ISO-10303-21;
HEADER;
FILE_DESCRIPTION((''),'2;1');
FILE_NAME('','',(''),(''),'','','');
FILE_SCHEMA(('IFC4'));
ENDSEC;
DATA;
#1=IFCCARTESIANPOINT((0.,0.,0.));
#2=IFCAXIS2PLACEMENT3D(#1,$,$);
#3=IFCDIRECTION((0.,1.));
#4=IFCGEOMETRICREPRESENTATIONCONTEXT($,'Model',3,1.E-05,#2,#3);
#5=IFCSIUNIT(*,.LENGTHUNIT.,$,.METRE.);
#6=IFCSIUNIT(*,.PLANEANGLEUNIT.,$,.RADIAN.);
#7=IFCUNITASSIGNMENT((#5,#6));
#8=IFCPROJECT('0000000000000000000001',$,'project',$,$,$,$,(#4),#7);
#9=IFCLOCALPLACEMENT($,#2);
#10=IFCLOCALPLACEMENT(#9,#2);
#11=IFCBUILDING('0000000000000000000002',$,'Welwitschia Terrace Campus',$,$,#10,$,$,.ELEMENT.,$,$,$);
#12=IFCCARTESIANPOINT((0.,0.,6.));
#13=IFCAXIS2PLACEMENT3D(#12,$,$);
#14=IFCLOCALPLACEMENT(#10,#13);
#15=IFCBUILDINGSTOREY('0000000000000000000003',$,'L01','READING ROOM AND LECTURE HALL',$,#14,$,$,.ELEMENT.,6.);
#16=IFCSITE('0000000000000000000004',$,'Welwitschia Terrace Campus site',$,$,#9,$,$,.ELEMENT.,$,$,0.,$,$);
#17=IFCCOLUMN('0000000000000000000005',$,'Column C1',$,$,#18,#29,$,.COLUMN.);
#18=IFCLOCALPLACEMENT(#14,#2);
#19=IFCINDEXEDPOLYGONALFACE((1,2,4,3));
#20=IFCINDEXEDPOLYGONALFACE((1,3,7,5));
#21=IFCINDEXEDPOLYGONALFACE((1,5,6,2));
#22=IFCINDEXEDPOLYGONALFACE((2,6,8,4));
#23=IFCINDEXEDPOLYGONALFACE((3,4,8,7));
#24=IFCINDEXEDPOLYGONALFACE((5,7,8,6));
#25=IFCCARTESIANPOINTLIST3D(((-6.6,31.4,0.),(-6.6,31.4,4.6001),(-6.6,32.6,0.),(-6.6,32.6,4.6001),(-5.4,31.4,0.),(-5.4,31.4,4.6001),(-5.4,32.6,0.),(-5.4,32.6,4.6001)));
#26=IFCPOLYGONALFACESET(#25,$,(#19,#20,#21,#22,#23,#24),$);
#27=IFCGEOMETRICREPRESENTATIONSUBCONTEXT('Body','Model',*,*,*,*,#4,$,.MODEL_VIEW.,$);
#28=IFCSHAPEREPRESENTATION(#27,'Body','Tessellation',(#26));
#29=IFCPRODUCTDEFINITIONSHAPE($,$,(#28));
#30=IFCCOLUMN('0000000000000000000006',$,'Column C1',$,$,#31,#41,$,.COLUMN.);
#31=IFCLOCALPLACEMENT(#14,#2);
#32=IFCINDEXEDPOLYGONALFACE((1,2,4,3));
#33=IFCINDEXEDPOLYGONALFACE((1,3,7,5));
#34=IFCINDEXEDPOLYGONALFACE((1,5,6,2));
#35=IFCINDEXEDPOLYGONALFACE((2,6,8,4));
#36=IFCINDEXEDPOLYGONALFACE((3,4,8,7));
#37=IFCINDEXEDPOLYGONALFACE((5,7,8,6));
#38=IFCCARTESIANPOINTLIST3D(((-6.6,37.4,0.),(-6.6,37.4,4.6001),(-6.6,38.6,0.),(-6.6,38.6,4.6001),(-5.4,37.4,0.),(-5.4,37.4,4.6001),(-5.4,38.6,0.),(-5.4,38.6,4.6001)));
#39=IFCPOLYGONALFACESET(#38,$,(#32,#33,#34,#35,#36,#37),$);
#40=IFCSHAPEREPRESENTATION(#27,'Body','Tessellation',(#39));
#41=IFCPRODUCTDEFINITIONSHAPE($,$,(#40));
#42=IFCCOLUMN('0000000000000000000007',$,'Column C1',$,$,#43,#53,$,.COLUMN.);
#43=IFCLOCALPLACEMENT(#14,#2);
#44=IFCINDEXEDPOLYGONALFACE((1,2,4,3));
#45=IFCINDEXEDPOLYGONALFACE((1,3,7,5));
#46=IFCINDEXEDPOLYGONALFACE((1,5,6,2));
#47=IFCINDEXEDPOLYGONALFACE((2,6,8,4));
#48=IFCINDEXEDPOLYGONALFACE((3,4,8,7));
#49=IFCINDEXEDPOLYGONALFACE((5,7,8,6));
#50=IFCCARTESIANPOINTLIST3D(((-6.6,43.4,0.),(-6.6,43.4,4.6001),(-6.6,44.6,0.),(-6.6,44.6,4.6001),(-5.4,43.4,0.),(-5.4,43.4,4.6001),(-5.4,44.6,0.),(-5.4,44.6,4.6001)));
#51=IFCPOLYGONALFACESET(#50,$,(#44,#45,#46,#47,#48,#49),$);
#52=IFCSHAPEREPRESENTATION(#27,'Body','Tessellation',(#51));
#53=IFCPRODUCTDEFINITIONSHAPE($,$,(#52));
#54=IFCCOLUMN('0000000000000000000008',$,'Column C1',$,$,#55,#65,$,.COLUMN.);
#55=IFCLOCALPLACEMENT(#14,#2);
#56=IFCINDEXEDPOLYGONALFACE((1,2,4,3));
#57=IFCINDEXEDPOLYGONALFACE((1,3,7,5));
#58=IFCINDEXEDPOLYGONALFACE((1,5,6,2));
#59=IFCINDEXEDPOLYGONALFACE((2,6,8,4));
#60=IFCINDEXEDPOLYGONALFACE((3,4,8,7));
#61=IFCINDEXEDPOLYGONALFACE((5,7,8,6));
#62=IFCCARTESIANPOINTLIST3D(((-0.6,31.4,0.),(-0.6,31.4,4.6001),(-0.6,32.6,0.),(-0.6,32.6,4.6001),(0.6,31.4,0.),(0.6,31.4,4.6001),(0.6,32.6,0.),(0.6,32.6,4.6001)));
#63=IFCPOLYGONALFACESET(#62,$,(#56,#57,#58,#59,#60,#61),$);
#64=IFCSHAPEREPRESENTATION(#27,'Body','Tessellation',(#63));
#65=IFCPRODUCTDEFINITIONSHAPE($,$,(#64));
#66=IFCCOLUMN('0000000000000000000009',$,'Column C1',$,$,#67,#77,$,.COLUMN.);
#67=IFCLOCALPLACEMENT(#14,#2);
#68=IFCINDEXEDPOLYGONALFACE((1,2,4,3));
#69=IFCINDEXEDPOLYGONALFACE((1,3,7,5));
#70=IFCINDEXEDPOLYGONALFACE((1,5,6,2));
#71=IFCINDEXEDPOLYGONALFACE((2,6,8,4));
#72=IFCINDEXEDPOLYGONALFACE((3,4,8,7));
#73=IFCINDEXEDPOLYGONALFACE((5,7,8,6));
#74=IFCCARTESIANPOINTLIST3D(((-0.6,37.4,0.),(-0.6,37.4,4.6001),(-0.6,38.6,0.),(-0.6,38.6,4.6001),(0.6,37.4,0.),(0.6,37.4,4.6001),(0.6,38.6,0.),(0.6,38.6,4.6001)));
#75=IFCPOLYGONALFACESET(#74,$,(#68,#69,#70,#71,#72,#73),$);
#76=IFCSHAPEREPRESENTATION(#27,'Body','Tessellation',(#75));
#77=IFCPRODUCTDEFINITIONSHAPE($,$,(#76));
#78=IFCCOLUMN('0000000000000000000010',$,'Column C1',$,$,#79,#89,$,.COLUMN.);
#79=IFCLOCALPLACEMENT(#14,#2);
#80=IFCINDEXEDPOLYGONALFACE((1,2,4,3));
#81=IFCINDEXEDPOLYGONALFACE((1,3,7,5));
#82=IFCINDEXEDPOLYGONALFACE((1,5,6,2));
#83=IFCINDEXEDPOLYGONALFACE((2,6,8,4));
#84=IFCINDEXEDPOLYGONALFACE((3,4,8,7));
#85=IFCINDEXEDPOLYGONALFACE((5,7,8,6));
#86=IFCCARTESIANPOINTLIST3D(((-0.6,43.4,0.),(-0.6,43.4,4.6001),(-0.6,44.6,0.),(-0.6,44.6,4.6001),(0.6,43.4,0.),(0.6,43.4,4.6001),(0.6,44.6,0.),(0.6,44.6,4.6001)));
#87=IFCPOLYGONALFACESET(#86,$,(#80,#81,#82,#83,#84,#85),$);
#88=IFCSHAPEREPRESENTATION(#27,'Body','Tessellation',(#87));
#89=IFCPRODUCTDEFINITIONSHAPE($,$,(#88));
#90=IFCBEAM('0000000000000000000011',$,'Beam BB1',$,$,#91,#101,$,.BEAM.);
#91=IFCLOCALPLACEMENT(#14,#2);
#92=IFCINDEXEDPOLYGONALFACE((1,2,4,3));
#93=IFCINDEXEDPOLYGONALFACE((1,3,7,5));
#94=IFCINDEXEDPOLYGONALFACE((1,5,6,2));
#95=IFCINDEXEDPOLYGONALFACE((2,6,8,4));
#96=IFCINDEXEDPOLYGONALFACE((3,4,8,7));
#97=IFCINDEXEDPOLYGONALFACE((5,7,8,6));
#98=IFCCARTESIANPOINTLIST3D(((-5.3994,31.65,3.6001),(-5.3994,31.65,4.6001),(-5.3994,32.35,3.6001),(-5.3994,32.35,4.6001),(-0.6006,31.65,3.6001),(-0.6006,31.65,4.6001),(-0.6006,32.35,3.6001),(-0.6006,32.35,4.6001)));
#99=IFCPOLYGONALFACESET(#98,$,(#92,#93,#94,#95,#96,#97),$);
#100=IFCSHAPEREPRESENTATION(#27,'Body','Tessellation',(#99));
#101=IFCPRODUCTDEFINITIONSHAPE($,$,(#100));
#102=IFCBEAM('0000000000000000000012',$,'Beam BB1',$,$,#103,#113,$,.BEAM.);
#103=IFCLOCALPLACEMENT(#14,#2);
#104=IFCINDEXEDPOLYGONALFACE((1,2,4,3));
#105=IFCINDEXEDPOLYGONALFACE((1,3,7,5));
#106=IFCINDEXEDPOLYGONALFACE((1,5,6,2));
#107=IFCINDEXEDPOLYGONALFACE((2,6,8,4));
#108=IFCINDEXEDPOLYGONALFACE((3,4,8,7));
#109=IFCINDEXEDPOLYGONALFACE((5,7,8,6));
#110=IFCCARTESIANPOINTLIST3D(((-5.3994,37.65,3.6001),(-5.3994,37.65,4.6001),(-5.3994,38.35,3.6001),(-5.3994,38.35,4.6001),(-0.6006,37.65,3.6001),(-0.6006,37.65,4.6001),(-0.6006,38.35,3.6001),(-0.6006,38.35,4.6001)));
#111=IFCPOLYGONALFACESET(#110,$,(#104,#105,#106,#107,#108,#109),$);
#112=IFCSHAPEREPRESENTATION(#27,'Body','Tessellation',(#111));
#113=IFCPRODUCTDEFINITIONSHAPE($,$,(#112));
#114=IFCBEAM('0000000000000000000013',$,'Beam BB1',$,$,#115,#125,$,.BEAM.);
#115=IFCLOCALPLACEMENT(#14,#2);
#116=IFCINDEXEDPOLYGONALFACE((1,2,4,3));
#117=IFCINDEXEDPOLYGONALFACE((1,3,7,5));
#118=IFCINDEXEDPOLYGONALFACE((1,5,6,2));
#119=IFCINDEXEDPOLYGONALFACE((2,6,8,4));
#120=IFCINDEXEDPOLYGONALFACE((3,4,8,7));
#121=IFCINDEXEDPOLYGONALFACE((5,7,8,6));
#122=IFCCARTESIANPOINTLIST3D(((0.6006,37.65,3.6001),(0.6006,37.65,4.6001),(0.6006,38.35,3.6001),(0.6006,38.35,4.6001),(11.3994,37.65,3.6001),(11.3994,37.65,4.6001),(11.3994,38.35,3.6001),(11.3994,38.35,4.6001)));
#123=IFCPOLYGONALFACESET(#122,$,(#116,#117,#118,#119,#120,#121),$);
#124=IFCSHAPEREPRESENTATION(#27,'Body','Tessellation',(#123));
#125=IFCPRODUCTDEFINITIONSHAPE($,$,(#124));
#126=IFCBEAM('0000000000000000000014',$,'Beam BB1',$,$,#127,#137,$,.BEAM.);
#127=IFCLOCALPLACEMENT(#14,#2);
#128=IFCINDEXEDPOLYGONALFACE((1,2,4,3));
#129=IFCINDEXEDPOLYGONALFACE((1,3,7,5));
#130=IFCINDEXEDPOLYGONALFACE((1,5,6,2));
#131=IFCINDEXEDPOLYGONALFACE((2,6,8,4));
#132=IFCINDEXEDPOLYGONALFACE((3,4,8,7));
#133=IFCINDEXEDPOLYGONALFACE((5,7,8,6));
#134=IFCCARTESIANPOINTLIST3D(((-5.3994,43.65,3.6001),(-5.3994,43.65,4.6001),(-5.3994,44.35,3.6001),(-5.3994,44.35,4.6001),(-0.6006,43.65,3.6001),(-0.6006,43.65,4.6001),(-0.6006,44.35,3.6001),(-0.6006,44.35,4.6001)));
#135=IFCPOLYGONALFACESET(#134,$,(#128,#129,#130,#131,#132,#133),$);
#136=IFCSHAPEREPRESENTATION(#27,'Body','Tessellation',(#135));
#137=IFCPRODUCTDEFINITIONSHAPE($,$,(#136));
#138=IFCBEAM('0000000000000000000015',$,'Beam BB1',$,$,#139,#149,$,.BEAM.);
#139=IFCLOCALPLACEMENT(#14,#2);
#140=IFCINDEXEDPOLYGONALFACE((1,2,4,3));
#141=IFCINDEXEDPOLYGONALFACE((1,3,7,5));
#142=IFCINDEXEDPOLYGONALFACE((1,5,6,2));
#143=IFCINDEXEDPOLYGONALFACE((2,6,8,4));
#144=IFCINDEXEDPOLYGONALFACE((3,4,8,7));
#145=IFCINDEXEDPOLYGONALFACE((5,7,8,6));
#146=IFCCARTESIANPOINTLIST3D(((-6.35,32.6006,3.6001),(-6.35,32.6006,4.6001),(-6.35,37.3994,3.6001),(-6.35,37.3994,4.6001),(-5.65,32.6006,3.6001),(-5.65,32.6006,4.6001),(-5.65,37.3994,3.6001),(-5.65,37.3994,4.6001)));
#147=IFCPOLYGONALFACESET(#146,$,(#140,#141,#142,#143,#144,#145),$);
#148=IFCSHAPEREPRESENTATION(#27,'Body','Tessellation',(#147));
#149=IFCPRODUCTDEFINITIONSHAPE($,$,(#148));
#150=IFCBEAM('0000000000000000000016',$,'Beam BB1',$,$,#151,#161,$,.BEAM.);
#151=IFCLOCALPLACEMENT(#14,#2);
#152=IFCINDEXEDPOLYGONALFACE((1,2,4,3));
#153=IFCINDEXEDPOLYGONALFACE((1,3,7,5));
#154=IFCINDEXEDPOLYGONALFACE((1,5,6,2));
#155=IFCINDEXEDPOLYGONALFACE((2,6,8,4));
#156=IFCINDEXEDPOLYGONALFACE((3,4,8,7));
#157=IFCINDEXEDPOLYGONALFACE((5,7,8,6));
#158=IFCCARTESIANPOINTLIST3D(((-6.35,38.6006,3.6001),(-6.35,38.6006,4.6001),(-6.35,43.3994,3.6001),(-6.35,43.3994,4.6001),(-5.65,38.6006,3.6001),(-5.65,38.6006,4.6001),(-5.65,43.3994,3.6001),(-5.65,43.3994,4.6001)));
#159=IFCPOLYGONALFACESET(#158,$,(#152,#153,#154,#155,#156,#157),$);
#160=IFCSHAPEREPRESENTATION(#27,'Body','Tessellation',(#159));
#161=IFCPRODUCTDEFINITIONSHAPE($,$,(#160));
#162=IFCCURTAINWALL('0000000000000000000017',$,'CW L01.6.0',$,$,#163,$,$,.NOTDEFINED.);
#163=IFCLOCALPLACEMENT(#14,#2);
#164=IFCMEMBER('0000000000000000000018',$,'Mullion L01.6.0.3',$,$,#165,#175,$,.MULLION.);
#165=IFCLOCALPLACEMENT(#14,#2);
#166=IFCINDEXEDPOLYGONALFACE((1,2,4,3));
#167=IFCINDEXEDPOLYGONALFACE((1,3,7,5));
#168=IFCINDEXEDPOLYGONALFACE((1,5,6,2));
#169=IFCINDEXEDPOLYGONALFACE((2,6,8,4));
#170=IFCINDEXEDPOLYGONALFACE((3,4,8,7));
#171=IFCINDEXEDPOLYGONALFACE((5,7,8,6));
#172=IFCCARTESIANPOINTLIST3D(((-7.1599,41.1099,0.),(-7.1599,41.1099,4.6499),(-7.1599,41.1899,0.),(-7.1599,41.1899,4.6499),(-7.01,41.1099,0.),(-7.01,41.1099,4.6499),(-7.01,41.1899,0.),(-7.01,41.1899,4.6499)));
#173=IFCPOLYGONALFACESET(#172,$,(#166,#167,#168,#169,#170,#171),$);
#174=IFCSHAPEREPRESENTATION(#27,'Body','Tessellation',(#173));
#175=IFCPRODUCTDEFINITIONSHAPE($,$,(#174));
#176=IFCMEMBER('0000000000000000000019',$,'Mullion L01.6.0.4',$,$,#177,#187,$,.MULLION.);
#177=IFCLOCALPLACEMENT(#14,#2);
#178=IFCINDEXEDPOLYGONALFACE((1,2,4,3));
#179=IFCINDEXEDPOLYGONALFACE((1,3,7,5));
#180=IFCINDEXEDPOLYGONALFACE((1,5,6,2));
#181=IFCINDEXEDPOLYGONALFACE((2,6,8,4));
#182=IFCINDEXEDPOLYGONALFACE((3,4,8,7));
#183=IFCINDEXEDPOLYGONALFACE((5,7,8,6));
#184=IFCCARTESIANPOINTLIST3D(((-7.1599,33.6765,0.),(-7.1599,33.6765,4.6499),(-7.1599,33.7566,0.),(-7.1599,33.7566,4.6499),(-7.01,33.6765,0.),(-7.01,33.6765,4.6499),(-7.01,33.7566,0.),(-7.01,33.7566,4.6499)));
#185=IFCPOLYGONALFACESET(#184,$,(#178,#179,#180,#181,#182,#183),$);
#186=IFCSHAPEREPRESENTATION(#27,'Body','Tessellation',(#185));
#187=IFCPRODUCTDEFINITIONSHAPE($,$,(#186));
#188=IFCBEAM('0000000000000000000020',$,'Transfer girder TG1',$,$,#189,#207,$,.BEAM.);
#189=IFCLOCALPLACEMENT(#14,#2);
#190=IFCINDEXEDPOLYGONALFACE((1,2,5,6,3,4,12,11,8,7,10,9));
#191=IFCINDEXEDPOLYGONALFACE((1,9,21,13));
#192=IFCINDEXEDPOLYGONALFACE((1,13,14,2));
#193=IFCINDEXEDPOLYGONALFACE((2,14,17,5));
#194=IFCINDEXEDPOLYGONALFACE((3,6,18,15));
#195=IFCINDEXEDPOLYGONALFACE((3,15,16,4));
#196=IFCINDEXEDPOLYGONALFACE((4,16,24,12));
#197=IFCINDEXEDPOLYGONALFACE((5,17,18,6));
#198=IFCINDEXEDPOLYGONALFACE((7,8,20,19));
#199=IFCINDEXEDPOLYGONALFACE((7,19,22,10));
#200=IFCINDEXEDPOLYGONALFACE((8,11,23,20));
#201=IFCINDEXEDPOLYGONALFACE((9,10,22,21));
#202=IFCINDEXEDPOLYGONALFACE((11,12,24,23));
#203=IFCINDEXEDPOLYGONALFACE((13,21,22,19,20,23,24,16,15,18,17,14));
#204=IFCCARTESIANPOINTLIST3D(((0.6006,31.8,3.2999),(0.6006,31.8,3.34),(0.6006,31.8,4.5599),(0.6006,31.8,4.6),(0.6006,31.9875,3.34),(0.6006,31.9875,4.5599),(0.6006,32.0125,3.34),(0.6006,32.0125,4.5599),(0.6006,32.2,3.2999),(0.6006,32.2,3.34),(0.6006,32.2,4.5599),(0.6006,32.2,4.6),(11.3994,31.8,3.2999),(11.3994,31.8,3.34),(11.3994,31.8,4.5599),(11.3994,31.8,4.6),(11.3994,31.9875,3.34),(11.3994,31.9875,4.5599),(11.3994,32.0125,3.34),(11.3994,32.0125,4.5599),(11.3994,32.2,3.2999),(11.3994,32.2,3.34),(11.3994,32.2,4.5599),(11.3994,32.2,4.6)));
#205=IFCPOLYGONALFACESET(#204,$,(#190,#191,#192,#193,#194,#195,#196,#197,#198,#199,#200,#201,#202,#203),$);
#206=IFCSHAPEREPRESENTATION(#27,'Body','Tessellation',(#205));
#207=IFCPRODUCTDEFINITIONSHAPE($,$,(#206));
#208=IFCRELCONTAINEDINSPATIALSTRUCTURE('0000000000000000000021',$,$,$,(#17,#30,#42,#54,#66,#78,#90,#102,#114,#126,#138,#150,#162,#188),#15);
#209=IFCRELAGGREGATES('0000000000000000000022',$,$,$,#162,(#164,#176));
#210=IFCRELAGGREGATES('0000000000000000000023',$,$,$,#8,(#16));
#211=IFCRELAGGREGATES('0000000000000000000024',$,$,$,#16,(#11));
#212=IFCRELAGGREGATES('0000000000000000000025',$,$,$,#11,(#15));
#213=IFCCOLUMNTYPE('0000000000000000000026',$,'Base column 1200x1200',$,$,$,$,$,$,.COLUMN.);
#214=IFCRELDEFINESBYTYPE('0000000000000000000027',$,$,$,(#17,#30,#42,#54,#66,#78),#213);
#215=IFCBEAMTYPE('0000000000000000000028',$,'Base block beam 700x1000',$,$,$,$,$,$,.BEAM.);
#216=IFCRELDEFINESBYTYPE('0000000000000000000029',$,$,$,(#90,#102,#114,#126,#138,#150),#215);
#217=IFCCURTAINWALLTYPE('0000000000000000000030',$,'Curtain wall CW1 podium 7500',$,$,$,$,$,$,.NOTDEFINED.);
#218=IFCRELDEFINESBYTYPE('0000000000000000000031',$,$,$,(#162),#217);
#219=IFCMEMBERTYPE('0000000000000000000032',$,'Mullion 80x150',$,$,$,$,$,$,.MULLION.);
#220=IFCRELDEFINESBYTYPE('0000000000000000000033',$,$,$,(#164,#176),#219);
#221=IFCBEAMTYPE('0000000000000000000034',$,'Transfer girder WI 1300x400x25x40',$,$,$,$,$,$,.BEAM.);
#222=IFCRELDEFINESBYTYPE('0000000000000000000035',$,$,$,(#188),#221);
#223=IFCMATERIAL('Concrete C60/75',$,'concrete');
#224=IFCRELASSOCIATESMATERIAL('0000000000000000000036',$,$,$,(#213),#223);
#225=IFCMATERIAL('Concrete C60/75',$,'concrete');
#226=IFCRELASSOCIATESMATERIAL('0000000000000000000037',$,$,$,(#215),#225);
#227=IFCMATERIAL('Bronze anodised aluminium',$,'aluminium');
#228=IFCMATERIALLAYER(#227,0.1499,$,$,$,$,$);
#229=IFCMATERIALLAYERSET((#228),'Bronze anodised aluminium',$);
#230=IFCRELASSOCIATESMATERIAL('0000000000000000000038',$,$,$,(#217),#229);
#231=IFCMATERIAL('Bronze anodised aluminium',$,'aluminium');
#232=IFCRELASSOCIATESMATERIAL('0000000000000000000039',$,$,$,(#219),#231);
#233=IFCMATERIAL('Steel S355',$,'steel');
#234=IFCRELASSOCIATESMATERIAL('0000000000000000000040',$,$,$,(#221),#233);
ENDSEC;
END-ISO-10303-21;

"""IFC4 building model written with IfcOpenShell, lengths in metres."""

from ifc_helpers import new_model, si_unit, direction, frame, origin, origin_2d, place, context, subcontext, project, spatial, rectangle, i_section, extrude, material, layer, layer_set, material_profile, profile_set, type_object, element, aggregate, save


model = new_model("IFC4")

# Units and contexts
model_context = context("Model", 3, precision=1e-05, world=origin(), true_north=direction((0.0, 1.0)))
body_context = subcontext(model_context, "Body", "Model", "MODEL_VIEW")
ifc_project = project(units=[si_unit("LENGTHUNIT", "METRE"), si_unit("PLANEANGLEUNIT", "RADIAN")], contexts=[model_context])

# Site, building, storey
site_placement = place(None, origin())
site = spatial("IfcSite", under=ifc_project, at=site_placement, Name="Welwitschia Terrace Campus site", CompositionType="ELEMENT", RefElevation=0.0)
building_placement = place(site_placement, origin())
building = spatial("IfcBuilding", under=site, at=building_placement, Name="Welwitschia Terrace Campus", CompositionType="ELEMENT")
storey_placement = place(building_placement, frame((0.0, 0.0, 6.0)))
storey = spatial("IfcBuildingStorey", under=building, at=storey_placement, Name="L01", Description="READING ROOM AND LECTURE HALL", CompositionType="ELEMENT", Elevation=6.0)

# Columns
ifc_material_1 = material(Name="Concrete C60/75", Category="concrete")
ifc_material_profile_1 = material_profile(ifc_material_1, rectangle(XDim=1.2, YDim=1.2, at=origin_2d()))
ifc_profile_set_1 = profile_set([ifc_material_profile_1], Name="Concrete C60/75")
column_type = type_object("IfcColumnType", Name="Base column 1200x1200", PredefinedType="COLUMN", material=ifc_profile_set_1)
for number, where, z_axis, x_axis, name in (
    (1, (-6.0, 32.0, 0.0), (0.0, 0.0, 1.0), (1.0, 0.0, 0.0), "Column C1"),
    (2, (-6.0, 38.0, 0.0), (0.0, 0.0, 1.0), (1.0, 0.0, 0.0), "Column C1"),
    (3, (-6.0, 44.0, 0.0), (0.0, 0.0, 1.0), (1.0, 0.0, 0.0), "Column C1"),
    (4, (0.0, 32.0, 0.0), (0.0, 0.0, 1.0), (1.0, 0.0, 0.0), "Column C1"),
    (5, (0.0, 38.0, 0.0), (0.0, 0.0, 1.0), (1.0, 0.0, 0.0), "Column C1"),
    (6, (0.0, 44.0, 0.0), (0.0, 0.0, 1.0), (1.0, 0.0, 0.0), "Column C1"),
):
    element("IfcColumn", number, at=place(storey_placement, frame(where, z_axis=z_axis, x_axis=x_axis)), inside=storey, type_object=column_type, Name=name, PredefinedType="COLUMN", context=body_context, shape_type="SweptSolid", body=[
        extrude(rectangle(XDim=1.2, YDim=1.2, at=origin_2d()), origin(), (0.0, 0.0, 1.0), 4.6001),
    ])

# Beams
ifc_material_2 = material(Name="Concrete C60/75", Category="concrete")
ifc_material_profile_2 = material_profile(ifc_material_2, rectangle(XDim=0.7, YDim=1.0, at=origin_2d()))
ifc_profile_set_2 = profile_set([ifc_material_profile_2], Name="Concrete C60/75")
beam_type_1 = type_object("IfcBeamType", Name="Base block beam 700x1000", PredefinedType="BEAM", material=ifc_profile_set_2)
for number, where, z_axis, x_axis, name in (
    (7, (-5.3994, 32.0, 4.1001), (1.0, 0.0, 0.0), (0.0, 1.0, 0.0), "Beam BB1"),
    (8, (-5.3994, 38.0, 4.1001), (1.0, 0.0, 0.0), (0.0, 1.0, 0.0), "Beam BB1"),
):
    element("IfcBeam", number, at=place(storey_placement, frame(where, z_axis=z_axis, x_axis=x_axis)), inside=storey, type_object=beam_type_1, Name=name, PredefinedType="BEAM", context=body_context, shape_type="SweptSolid", body=[
        extrude(rectangle(XDim=0.7, YDim=1.0, at=origin_2d()), origin(), (0.0, 0.0, 1.0), 4.7988),
    ])
beam_placement = place(storey_placement, frame((0.6006, 38.0, 4.1001), z_axis=(1.0, 0.0, 0.0), x_axis=(0.0, 1.0, 0.0)))
element("IfcBeam", 9, at=beam_placement, inside=storey, type_object=beam_type_1, Name="Beam BB1", PredefinedType="BEAM", context=body_context, shape_type="SweptSolid", body=[
    extrude(rectangle(XDim=0.7, YDim=1.0, at=origin_2d()), origin(), (0.0, 0.0, 1.0), 10.7988),
])
for number, where, z_axis, x_axis, name in (
    (10, (-5.3994, 44.0, 4.1001), (1.0, 0.0, 0.0), (0.0, 1.0, 0.0), "Beam BB1"),
    (11, (-6.0, 32.6006, 4.1001), (0.0, 1.0, 0.0), (-1.0, 0.0, 0.0), "Beam BB1"),
    (12, (-6.0, 38.6006, 4.1001), (0.0, 1.0, 0.0), (-1.0, 0.0, 0.0), "Beam BB1"),
):
    element("IfcBeam", number, at=place(storey_placement, frame(where, z_axis=z_axis, x_axis=x_axis)), inside=storey, type_object=beam_type_1, Name=name, PredefinedType="BEAM", context=body_context, shape_type="SweptSolid", body=[
        extrude(rectangle(XDim=0.7, YDim=1.0, at=origin_2d()), origin(), (0.0, 0.0, 1.0), 4.7988),
    ])

# Curtain wall, members
ifc_material_3 = material(Name="Bronze anodised aluminium", Category="aluminium")
ifc_layer_1 = layer(ifc_material_3, 0.1499)
ifc_layer_set_1 = layer_set([ifc_layer_1], Name="Bronze anodised aluminium")
curtain_wall_type = type_object("IfcCurtainWallType", Name="Curtain wall CW1 podium 7500", PredefinedType="NOTDEFINED", material=ifc_layer_set_1)
curtain_wall_placement = place(storey_placement, origin())
curtain_wall = element("IfcCurtainWall", 13, at=curtain_wall_placement, inside=storey, type_object=curtain_wall_type, Name="CW L01.6.0", PredefinedType="NOTDEFINED")
ifc_material_4 = material(Name="Bronze anodised aluminium", Category="aluminium")
ifc_material_profile_3 = material_profile(ifc_material_4, rectangle(XDim=0.1499, YDim=0.0801, at=origin_2d()))
ifc_profile_set_3 = profile_set([ifc_material_profile_3], Name="Bronze anodised aluminium")
member_type = type_object("IfcMemberType", Name="Mullion 80x150", PredefinedType="MULLION", material=ifc_profile_set_3)
member_1_placement = place(storey_placement, frame((-7.085, 41.1499, 0.0), z_axis=(0.0, 0.0, 1.0), x_axis=(1.0, 0.0, 0.0)))
member_1 = element("IfcMember", 14, at=member_1_placement, type_object=member_type, Name="Mullion L01.6.0.3", PredefinedType="MULLION", context=body_context, shape_type="SweptSolid", body=[
    extrude(rectangle(XDim=0.1499, YDim=0.0801, at=origin_2d()), origin(), (0.0, 0.0, 1.0), 4.6499),
])
member_2_placement = place(storey_placement, frame((-7.085, 33.7166, 0.0), z_axis=(0.0, 0.0, 1.0), x_axis=(1.0, 0.0, 0.0)))
member_2 = element("IfcMember", 15, at=member_2_placement, type_object=member_type, Name="Mullion L01.6.0.4", PredefinedType="MULLION", context=body_context, shape_type="SweptSolid", body=[
    extrude(rectangle(XDim=0.1499, YDim=0.0801, at=origin_2d()), origin(), (0.0, 0.0, 1.0), 4.6499),
])

# Beam
ifc_material_5 = material(Name="Steel S355", Category="steel")
ifc_material_profile_4 = material_profile(ifc_material_5, i_section(OverallWidth=0.3999, OverallDepth=1.3, WebThickness=0.0249, FlangeThickness=0.04, at=origin_2d()))
ifc_profile_set_4 = profile_set([ifc_material_profile_4], Name="Steel S355")
beam_type_2 = type_object("IfcBeamType", Name="Transfer girder WI 1300x400x25x40", PredefinedType="BEAM", material=ifc_profile_set_4)
for number, where, z_axis, x_axis, name in (
    (16, (0.6006, 32.0, 3.95), (1.0, 0.0, 0.0), (0.0, 1.0, 0.0), "Transfer girder TG1"),
):
    element("IfcBeam", number, at=place(storey_placement, frame(where, z_axis=z_axis, x_axis=x_axis)), inside=storey, type_object=beam_type_2, Name=name, PredefinedType="BEAM", context=body_context, shape_type="SweptSolid", body=[
        extrude(i_section(OverallWidth=0.3999, OverallDepth=1.3, WebThickness=0.0249, FlangeThickness=0.04, at=origin_2d()), origin(), (0.0, 0.0, 1.0), 10.7988),
    ])

aggregate(curtain_wall, [member_1, member_2])

save(model, "model.ifc")
